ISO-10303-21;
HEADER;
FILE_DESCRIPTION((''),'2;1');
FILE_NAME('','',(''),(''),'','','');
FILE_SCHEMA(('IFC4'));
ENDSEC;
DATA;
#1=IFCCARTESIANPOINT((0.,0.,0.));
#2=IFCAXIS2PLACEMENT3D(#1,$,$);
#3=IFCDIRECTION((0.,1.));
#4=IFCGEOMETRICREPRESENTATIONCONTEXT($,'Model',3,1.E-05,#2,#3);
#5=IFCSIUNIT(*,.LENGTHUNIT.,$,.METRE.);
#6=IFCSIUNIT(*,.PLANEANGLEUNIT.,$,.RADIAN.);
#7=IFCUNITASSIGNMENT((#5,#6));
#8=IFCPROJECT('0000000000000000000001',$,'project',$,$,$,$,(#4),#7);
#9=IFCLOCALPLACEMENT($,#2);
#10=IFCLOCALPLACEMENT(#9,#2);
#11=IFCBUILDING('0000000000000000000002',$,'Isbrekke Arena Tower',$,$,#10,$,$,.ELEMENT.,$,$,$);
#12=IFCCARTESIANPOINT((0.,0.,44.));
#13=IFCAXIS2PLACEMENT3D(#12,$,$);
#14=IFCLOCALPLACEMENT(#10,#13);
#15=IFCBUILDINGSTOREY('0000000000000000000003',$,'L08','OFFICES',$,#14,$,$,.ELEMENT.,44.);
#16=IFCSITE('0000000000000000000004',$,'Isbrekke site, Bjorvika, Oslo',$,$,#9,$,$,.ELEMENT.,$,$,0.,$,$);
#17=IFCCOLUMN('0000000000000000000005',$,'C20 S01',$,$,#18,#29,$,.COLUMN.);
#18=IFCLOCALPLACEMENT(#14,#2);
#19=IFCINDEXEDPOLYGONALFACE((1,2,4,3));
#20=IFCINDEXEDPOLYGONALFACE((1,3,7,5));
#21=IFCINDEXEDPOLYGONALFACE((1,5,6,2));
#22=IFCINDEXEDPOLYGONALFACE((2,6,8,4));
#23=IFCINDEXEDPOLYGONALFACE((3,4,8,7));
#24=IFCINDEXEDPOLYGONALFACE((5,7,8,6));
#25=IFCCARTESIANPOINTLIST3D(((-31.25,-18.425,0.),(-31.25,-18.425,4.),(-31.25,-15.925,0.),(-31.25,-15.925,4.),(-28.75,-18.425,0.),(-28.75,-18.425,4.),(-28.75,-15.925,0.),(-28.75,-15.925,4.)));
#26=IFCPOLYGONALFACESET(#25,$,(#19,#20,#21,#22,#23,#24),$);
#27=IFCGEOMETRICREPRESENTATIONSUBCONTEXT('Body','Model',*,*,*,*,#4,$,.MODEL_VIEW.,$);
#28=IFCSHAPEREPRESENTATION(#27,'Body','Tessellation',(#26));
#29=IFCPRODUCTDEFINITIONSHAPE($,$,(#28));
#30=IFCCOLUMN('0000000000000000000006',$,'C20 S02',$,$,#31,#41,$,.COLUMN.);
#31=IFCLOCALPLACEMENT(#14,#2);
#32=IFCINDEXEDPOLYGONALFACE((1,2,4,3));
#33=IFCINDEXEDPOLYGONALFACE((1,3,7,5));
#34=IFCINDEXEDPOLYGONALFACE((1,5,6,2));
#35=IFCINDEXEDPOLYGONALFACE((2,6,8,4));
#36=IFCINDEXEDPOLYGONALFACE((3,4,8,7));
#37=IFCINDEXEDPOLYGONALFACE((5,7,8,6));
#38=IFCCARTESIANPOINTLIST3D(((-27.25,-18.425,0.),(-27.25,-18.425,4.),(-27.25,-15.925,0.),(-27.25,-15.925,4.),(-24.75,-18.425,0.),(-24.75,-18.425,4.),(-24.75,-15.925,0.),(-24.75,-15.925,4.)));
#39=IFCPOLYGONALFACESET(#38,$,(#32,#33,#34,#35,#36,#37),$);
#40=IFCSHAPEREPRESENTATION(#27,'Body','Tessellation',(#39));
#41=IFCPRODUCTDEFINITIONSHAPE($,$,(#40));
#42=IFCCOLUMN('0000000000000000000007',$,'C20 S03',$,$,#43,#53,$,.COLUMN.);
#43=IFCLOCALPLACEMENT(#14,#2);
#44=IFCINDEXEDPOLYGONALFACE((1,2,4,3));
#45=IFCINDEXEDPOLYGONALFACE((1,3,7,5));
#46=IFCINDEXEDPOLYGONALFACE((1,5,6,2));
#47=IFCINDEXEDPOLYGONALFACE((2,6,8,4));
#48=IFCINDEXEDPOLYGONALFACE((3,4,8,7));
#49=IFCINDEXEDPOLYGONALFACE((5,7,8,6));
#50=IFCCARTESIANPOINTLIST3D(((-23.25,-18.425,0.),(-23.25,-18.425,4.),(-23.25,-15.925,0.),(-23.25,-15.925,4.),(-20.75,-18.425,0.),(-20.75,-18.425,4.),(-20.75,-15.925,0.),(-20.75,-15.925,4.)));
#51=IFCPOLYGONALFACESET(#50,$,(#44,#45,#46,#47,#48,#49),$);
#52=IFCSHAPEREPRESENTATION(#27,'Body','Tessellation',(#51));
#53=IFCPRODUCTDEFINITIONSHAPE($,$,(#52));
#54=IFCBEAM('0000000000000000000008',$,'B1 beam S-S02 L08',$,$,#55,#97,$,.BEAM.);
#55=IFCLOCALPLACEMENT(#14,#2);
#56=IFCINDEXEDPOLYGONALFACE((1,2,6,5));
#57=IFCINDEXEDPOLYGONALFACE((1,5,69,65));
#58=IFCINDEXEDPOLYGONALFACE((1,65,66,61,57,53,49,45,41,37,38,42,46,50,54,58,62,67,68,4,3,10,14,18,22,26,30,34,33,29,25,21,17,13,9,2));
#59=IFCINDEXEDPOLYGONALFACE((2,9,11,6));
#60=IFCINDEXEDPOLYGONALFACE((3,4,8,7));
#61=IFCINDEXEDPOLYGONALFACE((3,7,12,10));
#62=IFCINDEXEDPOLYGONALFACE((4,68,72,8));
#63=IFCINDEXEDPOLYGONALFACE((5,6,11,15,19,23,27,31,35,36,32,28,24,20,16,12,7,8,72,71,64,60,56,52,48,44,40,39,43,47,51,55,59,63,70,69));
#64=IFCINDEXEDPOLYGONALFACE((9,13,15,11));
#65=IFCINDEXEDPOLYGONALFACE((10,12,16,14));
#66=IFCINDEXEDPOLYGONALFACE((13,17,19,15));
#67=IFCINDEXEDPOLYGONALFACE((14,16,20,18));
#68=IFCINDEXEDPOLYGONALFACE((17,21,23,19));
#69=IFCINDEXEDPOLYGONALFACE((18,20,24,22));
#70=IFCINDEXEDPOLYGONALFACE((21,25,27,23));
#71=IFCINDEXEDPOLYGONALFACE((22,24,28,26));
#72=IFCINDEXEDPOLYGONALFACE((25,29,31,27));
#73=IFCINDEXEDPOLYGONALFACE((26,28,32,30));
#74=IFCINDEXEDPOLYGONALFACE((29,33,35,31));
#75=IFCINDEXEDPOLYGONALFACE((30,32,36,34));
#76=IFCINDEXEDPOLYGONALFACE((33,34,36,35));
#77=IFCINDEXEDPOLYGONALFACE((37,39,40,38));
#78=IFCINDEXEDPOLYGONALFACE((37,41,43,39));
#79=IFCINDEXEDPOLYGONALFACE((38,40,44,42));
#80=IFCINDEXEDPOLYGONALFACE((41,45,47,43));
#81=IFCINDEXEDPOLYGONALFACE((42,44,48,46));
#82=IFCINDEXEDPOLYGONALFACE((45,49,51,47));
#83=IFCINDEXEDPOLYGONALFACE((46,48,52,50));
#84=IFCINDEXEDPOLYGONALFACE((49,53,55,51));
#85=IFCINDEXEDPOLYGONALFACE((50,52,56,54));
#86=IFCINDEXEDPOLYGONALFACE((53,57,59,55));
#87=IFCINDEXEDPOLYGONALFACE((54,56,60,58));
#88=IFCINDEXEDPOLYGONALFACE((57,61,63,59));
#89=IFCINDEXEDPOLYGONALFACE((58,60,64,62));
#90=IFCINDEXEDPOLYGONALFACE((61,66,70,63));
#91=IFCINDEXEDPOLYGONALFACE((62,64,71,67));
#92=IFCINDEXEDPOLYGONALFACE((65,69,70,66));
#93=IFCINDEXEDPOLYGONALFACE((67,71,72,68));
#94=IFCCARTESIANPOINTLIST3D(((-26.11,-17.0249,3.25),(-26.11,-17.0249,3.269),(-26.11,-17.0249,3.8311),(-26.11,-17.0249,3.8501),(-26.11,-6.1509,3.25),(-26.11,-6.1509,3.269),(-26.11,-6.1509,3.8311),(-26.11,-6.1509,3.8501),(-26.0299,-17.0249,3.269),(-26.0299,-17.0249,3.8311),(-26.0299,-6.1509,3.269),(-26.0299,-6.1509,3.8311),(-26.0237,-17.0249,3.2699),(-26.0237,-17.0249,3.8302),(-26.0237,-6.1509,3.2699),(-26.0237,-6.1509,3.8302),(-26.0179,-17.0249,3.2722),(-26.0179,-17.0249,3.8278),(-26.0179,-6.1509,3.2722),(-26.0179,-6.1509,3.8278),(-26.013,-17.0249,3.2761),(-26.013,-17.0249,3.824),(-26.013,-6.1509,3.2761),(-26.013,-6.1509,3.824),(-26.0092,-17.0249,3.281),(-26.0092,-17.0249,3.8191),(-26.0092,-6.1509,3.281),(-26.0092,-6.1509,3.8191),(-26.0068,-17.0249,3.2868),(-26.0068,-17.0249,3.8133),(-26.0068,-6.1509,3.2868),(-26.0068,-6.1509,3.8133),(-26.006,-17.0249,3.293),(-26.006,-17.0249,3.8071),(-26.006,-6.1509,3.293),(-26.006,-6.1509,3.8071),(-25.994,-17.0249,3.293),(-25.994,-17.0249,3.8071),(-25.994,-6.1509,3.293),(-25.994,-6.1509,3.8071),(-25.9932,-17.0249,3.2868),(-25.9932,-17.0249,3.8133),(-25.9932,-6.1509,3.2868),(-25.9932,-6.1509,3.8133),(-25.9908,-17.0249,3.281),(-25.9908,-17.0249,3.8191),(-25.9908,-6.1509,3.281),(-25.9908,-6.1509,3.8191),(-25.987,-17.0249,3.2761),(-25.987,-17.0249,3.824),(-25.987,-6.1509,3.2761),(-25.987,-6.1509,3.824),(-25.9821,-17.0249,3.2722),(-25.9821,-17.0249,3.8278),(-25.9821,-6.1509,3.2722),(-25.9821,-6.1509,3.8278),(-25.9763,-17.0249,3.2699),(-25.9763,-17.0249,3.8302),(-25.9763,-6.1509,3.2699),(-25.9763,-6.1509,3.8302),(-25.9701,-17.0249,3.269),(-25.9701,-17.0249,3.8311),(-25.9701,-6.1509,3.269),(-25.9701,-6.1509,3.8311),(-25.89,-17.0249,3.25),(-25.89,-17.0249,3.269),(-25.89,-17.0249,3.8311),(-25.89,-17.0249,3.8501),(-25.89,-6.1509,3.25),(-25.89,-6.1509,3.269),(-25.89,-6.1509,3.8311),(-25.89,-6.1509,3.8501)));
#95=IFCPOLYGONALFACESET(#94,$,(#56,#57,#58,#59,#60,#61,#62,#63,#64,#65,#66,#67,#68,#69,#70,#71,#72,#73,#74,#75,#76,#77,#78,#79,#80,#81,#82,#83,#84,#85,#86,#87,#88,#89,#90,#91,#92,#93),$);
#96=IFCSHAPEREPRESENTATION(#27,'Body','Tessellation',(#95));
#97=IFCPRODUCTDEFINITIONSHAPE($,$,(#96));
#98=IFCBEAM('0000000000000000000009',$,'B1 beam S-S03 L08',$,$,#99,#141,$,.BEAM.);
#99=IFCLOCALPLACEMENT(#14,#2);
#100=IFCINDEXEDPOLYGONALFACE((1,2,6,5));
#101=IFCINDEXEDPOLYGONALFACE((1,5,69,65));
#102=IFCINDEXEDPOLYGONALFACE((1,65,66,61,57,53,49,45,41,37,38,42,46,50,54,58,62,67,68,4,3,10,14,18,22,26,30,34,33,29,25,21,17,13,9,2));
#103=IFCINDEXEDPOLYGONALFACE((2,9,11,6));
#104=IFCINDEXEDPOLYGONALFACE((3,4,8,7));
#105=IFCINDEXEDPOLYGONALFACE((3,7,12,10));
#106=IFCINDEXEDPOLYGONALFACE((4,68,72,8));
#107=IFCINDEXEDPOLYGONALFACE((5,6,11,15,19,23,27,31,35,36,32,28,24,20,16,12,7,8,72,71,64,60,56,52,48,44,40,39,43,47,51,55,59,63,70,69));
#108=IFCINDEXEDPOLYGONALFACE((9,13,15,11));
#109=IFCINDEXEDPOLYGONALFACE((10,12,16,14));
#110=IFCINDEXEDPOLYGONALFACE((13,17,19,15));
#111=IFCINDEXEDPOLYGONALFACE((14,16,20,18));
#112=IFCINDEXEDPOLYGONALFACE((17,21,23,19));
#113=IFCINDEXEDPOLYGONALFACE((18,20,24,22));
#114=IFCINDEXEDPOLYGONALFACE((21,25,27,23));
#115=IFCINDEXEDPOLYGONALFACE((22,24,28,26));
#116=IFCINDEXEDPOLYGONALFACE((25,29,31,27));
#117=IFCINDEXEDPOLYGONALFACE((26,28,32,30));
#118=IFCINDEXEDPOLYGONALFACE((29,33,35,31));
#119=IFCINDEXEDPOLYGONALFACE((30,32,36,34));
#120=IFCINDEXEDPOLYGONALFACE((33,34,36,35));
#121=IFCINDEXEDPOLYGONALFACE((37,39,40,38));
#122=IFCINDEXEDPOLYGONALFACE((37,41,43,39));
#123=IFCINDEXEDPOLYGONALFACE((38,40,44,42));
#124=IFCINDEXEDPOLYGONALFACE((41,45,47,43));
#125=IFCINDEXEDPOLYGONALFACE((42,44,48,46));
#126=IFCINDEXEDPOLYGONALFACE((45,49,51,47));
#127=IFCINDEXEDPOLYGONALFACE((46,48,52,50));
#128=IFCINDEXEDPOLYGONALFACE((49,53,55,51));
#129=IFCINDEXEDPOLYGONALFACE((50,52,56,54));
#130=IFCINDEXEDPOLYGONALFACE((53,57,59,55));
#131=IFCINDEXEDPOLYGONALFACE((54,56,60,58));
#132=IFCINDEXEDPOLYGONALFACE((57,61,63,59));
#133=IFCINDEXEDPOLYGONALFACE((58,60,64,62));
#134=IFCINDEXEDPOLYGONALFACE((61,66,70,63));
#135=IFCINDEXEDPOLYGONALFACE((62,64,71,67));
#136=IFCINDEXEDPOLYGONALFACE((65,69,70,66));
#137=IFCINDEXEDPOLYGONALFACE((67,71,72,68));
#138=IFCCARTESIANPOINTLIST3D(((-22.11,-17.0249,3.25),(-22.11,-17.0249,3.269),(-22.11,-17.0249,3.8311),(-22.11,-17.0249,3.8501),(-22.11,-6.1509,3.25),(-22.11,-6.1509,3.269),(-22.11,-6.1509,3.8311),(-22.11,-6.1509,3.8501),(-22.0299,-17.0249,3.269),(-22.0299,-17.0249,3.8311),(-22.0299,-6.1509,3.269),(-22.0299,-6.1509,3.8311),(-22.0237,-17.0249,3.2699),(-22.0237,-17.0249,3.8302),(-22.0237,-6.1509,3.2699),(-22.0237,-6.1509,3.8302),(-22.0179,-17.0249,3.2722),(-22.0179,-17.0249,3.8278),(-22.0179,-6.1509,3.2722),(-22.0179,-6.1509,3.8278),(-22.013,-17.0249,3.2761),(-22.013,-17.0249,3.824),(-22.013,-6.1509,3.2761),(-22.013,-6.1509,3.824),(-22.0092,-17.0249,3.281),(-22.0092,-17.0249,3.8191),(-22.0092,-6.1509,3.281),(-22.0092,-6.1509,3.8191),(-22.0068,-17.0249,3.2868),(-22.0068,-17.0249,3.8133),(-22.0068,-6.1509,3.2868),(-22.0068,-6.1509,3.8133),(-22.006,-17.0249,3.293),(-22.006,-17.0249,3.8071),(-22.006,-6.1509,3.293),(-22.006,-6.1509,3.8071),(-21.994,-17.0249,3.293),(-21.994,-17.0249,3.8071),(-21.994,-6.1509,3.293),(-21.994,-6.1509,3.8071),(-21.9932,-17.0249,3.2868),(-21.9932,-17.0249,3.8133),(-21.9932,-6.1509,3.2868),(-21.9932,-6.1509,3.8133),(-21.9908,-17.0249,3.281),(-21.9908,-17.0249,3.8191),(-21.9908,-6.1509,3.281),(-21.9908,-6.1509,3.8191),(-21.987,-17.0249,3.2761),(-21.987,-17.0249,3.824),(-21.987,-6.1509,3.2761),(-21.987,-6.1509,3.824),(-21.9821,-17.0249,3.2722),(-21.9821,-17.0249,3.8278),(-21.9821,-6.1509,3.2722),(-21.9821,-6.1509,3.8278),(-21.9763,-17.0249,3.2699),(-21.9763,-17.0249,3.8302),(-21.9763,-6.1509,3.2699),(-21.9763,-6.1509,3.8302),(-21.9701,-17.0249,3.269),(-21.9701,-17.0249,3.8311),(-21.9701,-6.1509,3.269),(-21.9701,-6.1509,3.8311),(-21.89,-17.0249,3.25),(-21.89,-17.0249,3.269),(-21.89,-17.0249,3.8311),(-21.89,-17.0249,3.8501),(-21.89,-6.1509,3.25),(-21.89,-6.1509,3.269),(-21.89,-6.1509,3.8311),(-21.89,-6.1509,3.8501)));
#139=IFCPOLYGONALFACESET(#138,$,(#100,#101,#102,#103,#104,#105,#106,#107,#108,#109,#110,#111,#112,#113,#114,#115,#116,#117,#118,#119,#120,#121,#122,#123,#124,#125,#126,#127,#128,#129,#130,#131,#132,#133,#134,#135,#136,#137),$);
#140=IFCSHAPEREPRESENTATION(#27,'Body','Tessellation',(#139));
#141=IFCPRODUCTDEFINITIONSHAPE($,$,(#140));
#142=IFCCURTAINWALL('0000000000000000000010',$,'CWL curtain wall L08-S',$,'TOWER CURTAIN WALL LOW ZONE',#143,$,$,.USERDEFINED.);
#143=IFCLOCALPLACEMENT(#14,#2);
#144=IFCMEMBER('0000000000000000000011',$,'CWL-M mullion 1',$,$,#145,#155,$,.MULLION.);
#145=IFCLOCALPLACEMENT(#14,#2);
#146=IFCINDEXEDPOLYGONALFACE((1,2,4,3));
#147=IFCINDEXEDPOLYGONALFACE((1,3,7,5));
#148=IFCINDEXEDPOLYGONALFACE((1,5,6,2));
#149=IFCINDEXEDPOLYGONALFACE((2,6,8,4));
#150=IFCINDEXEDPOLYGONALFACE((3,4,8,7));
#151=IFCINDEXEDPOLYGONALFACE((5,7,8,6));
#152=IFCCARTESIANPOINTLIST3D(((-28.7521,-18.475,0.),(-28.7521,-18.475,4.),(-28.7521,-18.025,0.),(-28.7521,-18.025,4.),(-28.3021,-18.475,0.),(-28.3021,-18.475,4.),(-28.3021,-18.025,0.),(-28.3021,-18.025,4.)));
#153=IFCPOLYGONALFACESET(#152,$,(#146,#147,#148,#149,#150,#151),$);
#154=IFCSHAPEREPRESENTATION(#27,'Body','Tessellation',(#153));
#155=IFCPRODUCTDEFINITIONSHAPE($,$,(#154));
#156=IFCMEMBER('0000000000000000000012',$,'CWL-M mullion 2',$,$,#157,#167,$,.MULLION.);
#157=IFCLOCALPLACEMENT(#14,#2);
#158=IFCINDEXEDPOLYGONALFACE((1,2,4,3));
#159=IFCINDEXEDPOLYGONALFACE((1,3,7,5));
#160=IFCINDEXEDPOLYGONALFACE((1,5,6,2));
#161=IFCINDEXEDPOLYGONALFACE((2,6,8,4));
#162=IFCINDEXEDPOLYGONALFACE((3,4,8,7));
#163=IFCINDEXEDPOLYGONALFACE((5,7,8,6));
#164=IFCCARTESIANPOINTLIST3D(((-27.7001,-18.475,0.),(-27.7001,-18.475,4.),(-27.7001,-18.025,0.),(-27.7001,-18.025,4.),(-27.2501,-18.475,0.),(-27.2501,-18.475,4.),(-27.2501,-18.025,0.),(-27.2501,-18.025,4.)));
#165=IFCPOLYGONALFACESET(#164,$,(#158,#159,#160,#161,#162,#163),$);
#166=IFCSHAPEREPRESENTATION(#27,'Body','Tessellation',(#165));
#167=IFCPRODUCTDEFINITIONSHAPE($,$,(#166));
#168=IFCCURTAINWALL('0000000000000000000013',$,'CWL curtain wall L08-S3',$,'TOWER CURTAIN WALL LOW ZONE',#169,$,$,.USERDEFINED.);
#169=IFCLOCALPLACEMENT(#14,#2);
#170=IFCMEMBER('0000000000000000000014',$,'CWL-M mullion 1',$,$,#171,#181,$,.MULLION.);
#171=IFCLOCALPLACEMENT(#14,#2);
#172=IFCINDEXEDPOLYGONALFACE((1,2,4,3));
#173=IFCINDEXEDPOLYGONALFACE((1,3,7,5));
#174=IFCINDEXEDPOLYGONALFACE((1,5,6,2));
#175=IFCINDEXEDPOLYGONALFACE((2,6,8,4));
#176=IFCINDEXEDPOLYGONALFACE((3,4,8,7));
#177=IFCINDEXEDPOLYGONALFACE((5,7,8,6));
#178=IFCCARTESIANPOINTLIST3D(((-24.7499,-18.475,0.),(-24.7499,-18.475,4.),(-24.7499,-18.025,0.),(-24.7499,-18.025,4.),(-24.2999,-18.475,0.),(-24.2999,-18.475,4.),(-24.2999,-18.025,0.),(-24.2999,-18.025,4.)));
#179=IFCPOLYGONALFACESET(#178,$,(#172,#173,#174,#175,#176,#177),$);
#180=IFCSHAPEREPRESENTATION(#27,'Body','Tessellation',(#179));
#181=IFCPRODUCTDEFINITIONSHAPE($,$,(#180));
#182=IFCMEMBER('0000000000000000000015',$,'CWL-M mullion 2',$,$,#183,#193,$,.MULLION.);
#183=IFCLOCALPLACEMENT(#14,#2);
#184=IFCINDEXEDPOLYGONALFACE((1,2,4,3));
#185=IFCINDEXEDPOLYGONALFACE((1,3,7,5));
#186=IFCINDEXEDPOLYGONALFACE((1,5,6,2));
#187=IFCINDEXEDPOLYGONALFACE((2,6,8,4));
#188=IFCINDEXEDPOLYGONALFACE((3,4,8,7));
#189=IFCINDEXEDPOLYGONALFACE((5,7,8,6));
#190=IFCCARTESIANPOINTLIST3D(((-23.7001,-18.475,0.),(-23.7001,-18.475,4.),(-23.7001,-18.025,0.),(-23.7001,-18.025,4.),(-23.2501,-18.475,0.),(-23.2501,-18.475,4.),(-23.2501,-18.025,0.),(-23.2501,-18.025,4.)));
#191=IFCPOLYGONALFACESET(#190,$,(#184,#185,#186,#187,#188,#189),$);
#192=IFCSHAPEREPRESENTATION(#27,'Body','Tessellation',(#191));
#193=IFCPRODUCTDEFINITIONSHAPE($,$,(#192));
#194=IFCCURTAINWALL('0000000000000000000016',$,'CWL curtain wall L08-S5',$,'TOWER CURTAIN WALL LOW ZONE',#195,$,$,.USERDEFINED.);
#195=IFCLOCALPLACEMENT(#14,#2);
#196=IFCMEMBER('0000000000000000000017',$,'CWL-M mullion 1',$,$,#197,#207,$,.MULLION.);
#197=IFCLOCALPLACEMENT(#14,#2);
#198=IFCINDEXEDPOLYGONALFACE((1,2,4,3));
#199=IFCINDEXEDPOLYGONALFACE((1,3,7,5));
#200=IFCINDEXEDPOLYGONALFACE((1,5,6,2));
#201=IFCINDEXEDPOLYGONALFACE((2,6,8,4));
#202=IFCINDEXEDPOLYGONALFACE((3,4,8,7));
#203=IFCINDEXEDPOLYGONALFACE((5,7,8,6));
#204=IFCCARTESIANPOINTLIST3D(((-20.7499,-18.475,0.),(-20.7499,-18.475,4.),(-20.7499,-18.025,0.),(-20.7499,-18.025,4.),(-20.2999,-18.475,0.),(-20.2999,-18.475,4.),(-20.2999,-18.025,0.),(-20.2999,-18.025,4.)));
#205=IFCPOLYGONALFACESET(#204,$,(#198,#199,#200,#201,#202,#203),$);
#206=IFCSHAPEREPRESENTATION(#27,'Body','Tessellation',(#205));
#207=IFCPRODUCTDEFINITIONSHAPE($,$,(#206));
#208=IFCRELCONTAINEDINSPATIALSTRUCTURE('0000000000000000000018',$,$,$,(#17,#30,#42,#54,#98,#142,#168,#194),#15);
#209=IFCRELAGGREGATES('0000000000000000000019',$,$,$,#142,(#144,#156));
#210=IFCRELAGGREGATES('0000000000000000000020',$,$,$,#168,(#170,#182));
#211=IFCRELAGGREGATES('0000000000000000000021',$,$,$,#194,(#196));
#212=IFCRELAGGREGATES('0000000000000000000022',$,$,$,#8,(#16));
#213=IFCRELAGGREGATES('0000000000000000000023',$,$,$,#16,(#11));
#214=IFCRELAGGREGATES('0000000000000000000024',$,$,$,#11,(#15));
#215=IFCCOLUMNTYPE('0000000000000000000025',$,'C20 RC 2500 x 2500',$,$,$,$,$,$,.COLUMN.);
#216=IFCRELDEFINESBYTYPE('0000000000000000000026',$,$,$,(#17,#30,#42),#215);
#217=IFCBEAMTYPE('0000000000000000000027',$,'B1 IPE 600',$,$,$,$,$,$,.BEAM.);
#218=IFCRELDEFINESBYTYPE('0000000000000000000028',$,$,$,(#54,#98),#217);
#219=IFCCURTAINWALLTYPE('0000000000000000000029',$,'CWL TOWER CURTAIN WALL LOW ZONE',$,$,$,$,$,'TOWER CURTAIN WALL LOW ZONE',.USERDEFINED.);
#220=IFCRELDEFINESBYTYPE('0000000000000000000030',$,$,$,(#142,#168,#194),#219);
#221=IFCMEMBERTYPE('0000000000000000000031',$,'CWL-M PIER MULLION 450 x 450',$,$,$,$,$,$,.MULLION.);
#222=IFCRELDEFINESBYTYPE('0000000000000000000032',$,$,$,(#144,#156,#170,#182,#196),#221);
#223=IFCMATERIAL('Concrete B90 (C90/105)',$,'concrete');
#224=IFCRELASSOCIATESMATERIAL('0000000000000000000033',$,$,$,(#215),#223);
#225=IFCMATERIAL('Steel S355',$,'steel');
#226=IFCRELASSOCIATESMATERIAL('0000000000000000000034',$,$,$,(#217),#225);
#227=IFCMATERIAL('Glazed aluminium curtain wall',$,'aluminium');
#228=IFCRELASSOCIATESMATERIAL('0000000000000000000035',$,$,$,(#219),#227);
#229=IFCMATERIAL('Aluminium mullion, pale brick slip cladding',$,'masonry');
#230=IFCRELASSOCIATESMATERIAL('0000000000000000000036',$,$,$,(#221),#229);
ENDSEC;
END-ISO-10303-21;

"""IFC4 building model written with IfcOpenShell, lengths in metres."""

from ifc_helpers import new_model, si_unit, direction, frame, origin, origin_2d, place, context, subcontext, project, spatial, rectangle, i_section, extrude, material, material_profile, profile_set, type_object, element, aggregate, save


model = new_model("IFC4")

# Units and contexts
model_context = context("Model", 3, precision=1e-05, world=origin(), true_north=direction((0.0, 1.0)))
body_context = subcontext(model_context, "Body", "Model", "MODEL_VIEW")
ifc_project = project(units=[si_unit("LENGTHUNIT", "METRE"), si_unit("PLANEANGLEUNIT", "RADIAN")], contexts=[model_context])

# Site, building, storey
site_placement = place(None, origin())
site = spatial("IfcSite", under=ifc_project, at=site_placement, Name="Isbrekke site, Bjorvika, Oslo", CompositionType="ELEMENT", RefElevation=0.0)
building_placement = place(site_placement, origin())
building = spatial("IfcBuilding", under=site, at=building_placement, Name="Isbrekke Arena Tower", CompositionType="ELEMENT")
storey_placement = place(building_placement, frame((0.0, 0.0, 44.0)))
storey = spatial("IfcBuildingStorey", under=building, at=storey_placement, Name="L08", Description="OFFICES", CompositionType="ELEMENT", Elevation=44.0)

# Columns
ifc_material_1 = material(Name="Concrete B90 (C90/105)", Category="concrete")
ifc_material_profile_1 = material_profile(ifc_material_1, rectangle(XDim=2.5, YDim=2.5, at=origin_2d()), Name="RC 2500x2500")
ifc_profile_set_1 = profile_set([ifc_material_profile_1], Name="Concrete B90 (C90/105)")
column_type = type_object("IfcColumnType", Name="C20 RC 2500 x 2500", PredefinedType="COLUMN", material=ifc_profile_set_1)
for number, where, z_axis, x_axis, name in (
    (1, (-30.0, -17.175, 0.0), (0.0, 0.0, 1.0), (1.0, 0.0, 0.0), "C20 S01"),
    (2, (-26.0, -17.175, 0.0), (0.0, 0.0, 1.0), (1.0, 0.0, 0.0), "C20 S02"),
    (3, (-22.0, -17.175, 0.0), (0.0, 0.0, 1.0), (1.0, 0.0, 0.0), "C20 S03"),
):
    element("IfcColumn", number, at=place(storey_placement, frame(where, z_axis=z_axis, x_axis=x_axis)), inside=storey, type_object=column_type, Name=name, PredefinedType="COLUMN", context=body_context, shape_type="SweptSolid", body=[
        extrude(rectangle(XDim=2.5, YDim=2.5, at=origin_2d()), origin(), (0.0, 0.0, 1.0), 4.0),
    ])

# Beams
ifc_material_2 = material(Name="Steel S355", Category="steel")
ifc_material_profile_2 = material_profile(ifc_material_2, i_section(OverallWidth=0.22, OverallDepth=0.6001, WebThickness=0.012, FlangeThickness=0.019, FilletRadius=0.0239, at=origin_2d()), Name="IPE 600")
ifc_profile_set_2 = profile_set([ifc_material_profile_2], Name="Steel S355")
beam_type_1 = type_object("IfcBeamType", Name="B1 IPE 600", PredefinedType="BEAM", material=ifc_profile_set_2)
for number, where, z_axis, x_axis, name in (
    (4, (-26.0, -17.0249, 3.55), (0.0, 1.0, 0.0), (-1.0, 0.0, 0.0), "B1 beam S-S02 L08"),
    (5, (-22.0, -17.0249, 3.55), (0.0, 1.0, 0.0), (-1.0, 0.0, 0.0), "B1 beam S-S03 L08"),
):
    element("IfcBeam", number, at=place(storey_placement, frame(where, z_axis=z_axis, x_axis=x_axis)), inside=storey, type_object=beam_type_1, Name=name, PredefinedType="BEAM", context=body_context, shape_type="SweptSolid", body=[
        extrude(i_section(OverallWidth=0.22, OverallDepth=0.6001, WebThickness=0.012, FlangeThickness=0.019, FilletRadius=0.0239, at=origin_2d()), origin(), (0.0, 0.0, 1.0), 10.874),
    ])

# Curtain walls, members
ifc_material_3 = material(Name="Glazed aluminium curtain wall", Category="aluminium")
curtain_wall_type = type_object("IfcCurtainWallType", Name="CWL TOWER CURTAIN WALL LOW ZONE", ElementType="TOWER CURTAIN WALL LOW ZONE", PredefinedType="USERDEFINED", material=ifc_material_3)
curtain_wall_1_placement = place(storey_placement, origin())
curtain_wall_1 = element("IfcCurtainWall", 6, at=curtain_wall_1_placement, inside=storey, type_object=curtain_wall_type, Name="CWL curtain wall L08-S", ObjectType="TOWER CURTAIN WALL LOW ZONE", PredefinedType="USERDEFINED")
ifc_material_4 = material(Name="Aluminium mullion, pale brick slip cladding", Category="masonry")
ifc_material_profile_3 = material_profile(ifc_material_4, rectangle(XDim=0.45, YDim=0.45, at=origin_2d()), Name="PIER 450X450")
ifc_profile_set_3 = profile_set([ifc_material_profile_3], Name="Aluminium mullion, pale brick slip cladding")
member_type_1 = type_object("IfcMemberType", Name="CWL-M PIER MULLION 450 x 450", PredefinedType="MULLION", material=ifc_profile_set_3)
member_1_placement = place(storey_placement, frame((-28.5271, -18.25, 0.0), z_axis=(0.0, 0.0, 1.0), x_axis=(1.0, 0.0, 0.0)))
member_1 = element("IfcMember", 7, at=member_1_placement, type_object=member_type_1, Name="CWL-M mullion 1", PredefinedType="MULLION", context=body_context, shape_type="SweptSolid", body=[
    extrude(rectangle(XDim=0.45, YDim=0.45, at=origin_2d()), origin(), (0.0, 0.0, 1.0), 4.0),
])
member_2_placement = place(storey_placement, frame((-27.4751, -18.25, 0.0), z_axis=(0.0, 0.0, 1.0), x_axis=(1.0, 0.0, 0.0)))
member_2 = element("IfcMember", 8, at=member_2_placement, type_object=member_type_1, Name="CWL-M mullion 2", PredefinedType="MULLION", context=body_context, shape_type="SweptSolid", body=[
    extrude(rectangle(XDim=0.45, YDim=0.45, at=origin_2d()), origin(), (0.0, 0.0, 1.0), 4.0),
])
curtain_wall_2_placement = place(storey_placement, origin())
curtain_wall_2 = element("IfcCurtainWall", 9, at=curtain_wall_2_placement, inside=storey, type_object=curtain_wall_type, Name="CWL curtain wall L08-S3", ObjectType="TOWER CURTAIN WALL LOW ZONE", PredefinedType="USERDEFINED")
member_3_placement = place(storey_placement, frame((-24.5249, -18.25, 0.0), z_axis=(0.0, 0.0, 1.0), x_axis=(1.0, 0.0, 0.0)))
member_3 = element("IfcMember", 10, at=member_3_placement, type_object=member_type_1, Name="CWL-M mullion 1", PredefinedType="MULLION", context=body_context, shape_type="SweptSolid", body=[
    extrude(rectangle(XDim=0.45, YDim=0.45, at=origin_2d()), origin(), (0.0, 0.0, 1.0), 4.0),
])
member_4_placement = place(storey_placement, frame((-23.4751, -18.25, 0.0), z_axis=(0.0, 0.0, 1.0), x_axis=(1.0, 0.0, 0.0)))
member_4 = element("IfcMember", 11, at=member_4_placement, type_object=member_type_1, Name="CWL-M mullion 2", PredefinedType="MULLION", context=body_context, shape_type="SweptSolid", body=[
    extrude(rectangle(XDim=0.45, YDim=0.45, at=origin_2d()), origin(), (0.0, 0.0, 1.0), 4.0),
])

# Curtain wall, member
curtain_wall_3_placement = place(storey_placement, origin())
curtain_wall_3 = element("IfcCurtainWall", 12, at=curtain_wall_3_placement, inside=storey, type_object=curtain_wall_type, Name="CWL curtain wall L08-S5", ObjectType="TOWER CURTAIN WALL LOW ZONE", PredefinedType="USERDEFINED")
member_5_placement = place(storey_placement, frame((-20.5249, -18.25, 0.0), z_axis=(0.0, 0.0, 1.0), x_axis=(1.0, 0.0, 0.0)))
member_5 = element("IfcMember", 13, at=member_5_placement, type_object=member_type_1, Name="CWL-M mullion 1", PredefinedType="MULLION", context=body_context, shape_type="SweptSolid", body=[
    extrude(rectangle(XDim=0.45, YDim=0.45, at=origin_2d()), origin(), (0.0, 0.0, 1.0), 4.0),
])

aggregate(curtain_wall_1, [member_1, member_2])
aggregate(curtain_wall_2, [member_3, member_4])
aggregate(curtain_wall_3, [member_5])

save(model, "model.ifc")
